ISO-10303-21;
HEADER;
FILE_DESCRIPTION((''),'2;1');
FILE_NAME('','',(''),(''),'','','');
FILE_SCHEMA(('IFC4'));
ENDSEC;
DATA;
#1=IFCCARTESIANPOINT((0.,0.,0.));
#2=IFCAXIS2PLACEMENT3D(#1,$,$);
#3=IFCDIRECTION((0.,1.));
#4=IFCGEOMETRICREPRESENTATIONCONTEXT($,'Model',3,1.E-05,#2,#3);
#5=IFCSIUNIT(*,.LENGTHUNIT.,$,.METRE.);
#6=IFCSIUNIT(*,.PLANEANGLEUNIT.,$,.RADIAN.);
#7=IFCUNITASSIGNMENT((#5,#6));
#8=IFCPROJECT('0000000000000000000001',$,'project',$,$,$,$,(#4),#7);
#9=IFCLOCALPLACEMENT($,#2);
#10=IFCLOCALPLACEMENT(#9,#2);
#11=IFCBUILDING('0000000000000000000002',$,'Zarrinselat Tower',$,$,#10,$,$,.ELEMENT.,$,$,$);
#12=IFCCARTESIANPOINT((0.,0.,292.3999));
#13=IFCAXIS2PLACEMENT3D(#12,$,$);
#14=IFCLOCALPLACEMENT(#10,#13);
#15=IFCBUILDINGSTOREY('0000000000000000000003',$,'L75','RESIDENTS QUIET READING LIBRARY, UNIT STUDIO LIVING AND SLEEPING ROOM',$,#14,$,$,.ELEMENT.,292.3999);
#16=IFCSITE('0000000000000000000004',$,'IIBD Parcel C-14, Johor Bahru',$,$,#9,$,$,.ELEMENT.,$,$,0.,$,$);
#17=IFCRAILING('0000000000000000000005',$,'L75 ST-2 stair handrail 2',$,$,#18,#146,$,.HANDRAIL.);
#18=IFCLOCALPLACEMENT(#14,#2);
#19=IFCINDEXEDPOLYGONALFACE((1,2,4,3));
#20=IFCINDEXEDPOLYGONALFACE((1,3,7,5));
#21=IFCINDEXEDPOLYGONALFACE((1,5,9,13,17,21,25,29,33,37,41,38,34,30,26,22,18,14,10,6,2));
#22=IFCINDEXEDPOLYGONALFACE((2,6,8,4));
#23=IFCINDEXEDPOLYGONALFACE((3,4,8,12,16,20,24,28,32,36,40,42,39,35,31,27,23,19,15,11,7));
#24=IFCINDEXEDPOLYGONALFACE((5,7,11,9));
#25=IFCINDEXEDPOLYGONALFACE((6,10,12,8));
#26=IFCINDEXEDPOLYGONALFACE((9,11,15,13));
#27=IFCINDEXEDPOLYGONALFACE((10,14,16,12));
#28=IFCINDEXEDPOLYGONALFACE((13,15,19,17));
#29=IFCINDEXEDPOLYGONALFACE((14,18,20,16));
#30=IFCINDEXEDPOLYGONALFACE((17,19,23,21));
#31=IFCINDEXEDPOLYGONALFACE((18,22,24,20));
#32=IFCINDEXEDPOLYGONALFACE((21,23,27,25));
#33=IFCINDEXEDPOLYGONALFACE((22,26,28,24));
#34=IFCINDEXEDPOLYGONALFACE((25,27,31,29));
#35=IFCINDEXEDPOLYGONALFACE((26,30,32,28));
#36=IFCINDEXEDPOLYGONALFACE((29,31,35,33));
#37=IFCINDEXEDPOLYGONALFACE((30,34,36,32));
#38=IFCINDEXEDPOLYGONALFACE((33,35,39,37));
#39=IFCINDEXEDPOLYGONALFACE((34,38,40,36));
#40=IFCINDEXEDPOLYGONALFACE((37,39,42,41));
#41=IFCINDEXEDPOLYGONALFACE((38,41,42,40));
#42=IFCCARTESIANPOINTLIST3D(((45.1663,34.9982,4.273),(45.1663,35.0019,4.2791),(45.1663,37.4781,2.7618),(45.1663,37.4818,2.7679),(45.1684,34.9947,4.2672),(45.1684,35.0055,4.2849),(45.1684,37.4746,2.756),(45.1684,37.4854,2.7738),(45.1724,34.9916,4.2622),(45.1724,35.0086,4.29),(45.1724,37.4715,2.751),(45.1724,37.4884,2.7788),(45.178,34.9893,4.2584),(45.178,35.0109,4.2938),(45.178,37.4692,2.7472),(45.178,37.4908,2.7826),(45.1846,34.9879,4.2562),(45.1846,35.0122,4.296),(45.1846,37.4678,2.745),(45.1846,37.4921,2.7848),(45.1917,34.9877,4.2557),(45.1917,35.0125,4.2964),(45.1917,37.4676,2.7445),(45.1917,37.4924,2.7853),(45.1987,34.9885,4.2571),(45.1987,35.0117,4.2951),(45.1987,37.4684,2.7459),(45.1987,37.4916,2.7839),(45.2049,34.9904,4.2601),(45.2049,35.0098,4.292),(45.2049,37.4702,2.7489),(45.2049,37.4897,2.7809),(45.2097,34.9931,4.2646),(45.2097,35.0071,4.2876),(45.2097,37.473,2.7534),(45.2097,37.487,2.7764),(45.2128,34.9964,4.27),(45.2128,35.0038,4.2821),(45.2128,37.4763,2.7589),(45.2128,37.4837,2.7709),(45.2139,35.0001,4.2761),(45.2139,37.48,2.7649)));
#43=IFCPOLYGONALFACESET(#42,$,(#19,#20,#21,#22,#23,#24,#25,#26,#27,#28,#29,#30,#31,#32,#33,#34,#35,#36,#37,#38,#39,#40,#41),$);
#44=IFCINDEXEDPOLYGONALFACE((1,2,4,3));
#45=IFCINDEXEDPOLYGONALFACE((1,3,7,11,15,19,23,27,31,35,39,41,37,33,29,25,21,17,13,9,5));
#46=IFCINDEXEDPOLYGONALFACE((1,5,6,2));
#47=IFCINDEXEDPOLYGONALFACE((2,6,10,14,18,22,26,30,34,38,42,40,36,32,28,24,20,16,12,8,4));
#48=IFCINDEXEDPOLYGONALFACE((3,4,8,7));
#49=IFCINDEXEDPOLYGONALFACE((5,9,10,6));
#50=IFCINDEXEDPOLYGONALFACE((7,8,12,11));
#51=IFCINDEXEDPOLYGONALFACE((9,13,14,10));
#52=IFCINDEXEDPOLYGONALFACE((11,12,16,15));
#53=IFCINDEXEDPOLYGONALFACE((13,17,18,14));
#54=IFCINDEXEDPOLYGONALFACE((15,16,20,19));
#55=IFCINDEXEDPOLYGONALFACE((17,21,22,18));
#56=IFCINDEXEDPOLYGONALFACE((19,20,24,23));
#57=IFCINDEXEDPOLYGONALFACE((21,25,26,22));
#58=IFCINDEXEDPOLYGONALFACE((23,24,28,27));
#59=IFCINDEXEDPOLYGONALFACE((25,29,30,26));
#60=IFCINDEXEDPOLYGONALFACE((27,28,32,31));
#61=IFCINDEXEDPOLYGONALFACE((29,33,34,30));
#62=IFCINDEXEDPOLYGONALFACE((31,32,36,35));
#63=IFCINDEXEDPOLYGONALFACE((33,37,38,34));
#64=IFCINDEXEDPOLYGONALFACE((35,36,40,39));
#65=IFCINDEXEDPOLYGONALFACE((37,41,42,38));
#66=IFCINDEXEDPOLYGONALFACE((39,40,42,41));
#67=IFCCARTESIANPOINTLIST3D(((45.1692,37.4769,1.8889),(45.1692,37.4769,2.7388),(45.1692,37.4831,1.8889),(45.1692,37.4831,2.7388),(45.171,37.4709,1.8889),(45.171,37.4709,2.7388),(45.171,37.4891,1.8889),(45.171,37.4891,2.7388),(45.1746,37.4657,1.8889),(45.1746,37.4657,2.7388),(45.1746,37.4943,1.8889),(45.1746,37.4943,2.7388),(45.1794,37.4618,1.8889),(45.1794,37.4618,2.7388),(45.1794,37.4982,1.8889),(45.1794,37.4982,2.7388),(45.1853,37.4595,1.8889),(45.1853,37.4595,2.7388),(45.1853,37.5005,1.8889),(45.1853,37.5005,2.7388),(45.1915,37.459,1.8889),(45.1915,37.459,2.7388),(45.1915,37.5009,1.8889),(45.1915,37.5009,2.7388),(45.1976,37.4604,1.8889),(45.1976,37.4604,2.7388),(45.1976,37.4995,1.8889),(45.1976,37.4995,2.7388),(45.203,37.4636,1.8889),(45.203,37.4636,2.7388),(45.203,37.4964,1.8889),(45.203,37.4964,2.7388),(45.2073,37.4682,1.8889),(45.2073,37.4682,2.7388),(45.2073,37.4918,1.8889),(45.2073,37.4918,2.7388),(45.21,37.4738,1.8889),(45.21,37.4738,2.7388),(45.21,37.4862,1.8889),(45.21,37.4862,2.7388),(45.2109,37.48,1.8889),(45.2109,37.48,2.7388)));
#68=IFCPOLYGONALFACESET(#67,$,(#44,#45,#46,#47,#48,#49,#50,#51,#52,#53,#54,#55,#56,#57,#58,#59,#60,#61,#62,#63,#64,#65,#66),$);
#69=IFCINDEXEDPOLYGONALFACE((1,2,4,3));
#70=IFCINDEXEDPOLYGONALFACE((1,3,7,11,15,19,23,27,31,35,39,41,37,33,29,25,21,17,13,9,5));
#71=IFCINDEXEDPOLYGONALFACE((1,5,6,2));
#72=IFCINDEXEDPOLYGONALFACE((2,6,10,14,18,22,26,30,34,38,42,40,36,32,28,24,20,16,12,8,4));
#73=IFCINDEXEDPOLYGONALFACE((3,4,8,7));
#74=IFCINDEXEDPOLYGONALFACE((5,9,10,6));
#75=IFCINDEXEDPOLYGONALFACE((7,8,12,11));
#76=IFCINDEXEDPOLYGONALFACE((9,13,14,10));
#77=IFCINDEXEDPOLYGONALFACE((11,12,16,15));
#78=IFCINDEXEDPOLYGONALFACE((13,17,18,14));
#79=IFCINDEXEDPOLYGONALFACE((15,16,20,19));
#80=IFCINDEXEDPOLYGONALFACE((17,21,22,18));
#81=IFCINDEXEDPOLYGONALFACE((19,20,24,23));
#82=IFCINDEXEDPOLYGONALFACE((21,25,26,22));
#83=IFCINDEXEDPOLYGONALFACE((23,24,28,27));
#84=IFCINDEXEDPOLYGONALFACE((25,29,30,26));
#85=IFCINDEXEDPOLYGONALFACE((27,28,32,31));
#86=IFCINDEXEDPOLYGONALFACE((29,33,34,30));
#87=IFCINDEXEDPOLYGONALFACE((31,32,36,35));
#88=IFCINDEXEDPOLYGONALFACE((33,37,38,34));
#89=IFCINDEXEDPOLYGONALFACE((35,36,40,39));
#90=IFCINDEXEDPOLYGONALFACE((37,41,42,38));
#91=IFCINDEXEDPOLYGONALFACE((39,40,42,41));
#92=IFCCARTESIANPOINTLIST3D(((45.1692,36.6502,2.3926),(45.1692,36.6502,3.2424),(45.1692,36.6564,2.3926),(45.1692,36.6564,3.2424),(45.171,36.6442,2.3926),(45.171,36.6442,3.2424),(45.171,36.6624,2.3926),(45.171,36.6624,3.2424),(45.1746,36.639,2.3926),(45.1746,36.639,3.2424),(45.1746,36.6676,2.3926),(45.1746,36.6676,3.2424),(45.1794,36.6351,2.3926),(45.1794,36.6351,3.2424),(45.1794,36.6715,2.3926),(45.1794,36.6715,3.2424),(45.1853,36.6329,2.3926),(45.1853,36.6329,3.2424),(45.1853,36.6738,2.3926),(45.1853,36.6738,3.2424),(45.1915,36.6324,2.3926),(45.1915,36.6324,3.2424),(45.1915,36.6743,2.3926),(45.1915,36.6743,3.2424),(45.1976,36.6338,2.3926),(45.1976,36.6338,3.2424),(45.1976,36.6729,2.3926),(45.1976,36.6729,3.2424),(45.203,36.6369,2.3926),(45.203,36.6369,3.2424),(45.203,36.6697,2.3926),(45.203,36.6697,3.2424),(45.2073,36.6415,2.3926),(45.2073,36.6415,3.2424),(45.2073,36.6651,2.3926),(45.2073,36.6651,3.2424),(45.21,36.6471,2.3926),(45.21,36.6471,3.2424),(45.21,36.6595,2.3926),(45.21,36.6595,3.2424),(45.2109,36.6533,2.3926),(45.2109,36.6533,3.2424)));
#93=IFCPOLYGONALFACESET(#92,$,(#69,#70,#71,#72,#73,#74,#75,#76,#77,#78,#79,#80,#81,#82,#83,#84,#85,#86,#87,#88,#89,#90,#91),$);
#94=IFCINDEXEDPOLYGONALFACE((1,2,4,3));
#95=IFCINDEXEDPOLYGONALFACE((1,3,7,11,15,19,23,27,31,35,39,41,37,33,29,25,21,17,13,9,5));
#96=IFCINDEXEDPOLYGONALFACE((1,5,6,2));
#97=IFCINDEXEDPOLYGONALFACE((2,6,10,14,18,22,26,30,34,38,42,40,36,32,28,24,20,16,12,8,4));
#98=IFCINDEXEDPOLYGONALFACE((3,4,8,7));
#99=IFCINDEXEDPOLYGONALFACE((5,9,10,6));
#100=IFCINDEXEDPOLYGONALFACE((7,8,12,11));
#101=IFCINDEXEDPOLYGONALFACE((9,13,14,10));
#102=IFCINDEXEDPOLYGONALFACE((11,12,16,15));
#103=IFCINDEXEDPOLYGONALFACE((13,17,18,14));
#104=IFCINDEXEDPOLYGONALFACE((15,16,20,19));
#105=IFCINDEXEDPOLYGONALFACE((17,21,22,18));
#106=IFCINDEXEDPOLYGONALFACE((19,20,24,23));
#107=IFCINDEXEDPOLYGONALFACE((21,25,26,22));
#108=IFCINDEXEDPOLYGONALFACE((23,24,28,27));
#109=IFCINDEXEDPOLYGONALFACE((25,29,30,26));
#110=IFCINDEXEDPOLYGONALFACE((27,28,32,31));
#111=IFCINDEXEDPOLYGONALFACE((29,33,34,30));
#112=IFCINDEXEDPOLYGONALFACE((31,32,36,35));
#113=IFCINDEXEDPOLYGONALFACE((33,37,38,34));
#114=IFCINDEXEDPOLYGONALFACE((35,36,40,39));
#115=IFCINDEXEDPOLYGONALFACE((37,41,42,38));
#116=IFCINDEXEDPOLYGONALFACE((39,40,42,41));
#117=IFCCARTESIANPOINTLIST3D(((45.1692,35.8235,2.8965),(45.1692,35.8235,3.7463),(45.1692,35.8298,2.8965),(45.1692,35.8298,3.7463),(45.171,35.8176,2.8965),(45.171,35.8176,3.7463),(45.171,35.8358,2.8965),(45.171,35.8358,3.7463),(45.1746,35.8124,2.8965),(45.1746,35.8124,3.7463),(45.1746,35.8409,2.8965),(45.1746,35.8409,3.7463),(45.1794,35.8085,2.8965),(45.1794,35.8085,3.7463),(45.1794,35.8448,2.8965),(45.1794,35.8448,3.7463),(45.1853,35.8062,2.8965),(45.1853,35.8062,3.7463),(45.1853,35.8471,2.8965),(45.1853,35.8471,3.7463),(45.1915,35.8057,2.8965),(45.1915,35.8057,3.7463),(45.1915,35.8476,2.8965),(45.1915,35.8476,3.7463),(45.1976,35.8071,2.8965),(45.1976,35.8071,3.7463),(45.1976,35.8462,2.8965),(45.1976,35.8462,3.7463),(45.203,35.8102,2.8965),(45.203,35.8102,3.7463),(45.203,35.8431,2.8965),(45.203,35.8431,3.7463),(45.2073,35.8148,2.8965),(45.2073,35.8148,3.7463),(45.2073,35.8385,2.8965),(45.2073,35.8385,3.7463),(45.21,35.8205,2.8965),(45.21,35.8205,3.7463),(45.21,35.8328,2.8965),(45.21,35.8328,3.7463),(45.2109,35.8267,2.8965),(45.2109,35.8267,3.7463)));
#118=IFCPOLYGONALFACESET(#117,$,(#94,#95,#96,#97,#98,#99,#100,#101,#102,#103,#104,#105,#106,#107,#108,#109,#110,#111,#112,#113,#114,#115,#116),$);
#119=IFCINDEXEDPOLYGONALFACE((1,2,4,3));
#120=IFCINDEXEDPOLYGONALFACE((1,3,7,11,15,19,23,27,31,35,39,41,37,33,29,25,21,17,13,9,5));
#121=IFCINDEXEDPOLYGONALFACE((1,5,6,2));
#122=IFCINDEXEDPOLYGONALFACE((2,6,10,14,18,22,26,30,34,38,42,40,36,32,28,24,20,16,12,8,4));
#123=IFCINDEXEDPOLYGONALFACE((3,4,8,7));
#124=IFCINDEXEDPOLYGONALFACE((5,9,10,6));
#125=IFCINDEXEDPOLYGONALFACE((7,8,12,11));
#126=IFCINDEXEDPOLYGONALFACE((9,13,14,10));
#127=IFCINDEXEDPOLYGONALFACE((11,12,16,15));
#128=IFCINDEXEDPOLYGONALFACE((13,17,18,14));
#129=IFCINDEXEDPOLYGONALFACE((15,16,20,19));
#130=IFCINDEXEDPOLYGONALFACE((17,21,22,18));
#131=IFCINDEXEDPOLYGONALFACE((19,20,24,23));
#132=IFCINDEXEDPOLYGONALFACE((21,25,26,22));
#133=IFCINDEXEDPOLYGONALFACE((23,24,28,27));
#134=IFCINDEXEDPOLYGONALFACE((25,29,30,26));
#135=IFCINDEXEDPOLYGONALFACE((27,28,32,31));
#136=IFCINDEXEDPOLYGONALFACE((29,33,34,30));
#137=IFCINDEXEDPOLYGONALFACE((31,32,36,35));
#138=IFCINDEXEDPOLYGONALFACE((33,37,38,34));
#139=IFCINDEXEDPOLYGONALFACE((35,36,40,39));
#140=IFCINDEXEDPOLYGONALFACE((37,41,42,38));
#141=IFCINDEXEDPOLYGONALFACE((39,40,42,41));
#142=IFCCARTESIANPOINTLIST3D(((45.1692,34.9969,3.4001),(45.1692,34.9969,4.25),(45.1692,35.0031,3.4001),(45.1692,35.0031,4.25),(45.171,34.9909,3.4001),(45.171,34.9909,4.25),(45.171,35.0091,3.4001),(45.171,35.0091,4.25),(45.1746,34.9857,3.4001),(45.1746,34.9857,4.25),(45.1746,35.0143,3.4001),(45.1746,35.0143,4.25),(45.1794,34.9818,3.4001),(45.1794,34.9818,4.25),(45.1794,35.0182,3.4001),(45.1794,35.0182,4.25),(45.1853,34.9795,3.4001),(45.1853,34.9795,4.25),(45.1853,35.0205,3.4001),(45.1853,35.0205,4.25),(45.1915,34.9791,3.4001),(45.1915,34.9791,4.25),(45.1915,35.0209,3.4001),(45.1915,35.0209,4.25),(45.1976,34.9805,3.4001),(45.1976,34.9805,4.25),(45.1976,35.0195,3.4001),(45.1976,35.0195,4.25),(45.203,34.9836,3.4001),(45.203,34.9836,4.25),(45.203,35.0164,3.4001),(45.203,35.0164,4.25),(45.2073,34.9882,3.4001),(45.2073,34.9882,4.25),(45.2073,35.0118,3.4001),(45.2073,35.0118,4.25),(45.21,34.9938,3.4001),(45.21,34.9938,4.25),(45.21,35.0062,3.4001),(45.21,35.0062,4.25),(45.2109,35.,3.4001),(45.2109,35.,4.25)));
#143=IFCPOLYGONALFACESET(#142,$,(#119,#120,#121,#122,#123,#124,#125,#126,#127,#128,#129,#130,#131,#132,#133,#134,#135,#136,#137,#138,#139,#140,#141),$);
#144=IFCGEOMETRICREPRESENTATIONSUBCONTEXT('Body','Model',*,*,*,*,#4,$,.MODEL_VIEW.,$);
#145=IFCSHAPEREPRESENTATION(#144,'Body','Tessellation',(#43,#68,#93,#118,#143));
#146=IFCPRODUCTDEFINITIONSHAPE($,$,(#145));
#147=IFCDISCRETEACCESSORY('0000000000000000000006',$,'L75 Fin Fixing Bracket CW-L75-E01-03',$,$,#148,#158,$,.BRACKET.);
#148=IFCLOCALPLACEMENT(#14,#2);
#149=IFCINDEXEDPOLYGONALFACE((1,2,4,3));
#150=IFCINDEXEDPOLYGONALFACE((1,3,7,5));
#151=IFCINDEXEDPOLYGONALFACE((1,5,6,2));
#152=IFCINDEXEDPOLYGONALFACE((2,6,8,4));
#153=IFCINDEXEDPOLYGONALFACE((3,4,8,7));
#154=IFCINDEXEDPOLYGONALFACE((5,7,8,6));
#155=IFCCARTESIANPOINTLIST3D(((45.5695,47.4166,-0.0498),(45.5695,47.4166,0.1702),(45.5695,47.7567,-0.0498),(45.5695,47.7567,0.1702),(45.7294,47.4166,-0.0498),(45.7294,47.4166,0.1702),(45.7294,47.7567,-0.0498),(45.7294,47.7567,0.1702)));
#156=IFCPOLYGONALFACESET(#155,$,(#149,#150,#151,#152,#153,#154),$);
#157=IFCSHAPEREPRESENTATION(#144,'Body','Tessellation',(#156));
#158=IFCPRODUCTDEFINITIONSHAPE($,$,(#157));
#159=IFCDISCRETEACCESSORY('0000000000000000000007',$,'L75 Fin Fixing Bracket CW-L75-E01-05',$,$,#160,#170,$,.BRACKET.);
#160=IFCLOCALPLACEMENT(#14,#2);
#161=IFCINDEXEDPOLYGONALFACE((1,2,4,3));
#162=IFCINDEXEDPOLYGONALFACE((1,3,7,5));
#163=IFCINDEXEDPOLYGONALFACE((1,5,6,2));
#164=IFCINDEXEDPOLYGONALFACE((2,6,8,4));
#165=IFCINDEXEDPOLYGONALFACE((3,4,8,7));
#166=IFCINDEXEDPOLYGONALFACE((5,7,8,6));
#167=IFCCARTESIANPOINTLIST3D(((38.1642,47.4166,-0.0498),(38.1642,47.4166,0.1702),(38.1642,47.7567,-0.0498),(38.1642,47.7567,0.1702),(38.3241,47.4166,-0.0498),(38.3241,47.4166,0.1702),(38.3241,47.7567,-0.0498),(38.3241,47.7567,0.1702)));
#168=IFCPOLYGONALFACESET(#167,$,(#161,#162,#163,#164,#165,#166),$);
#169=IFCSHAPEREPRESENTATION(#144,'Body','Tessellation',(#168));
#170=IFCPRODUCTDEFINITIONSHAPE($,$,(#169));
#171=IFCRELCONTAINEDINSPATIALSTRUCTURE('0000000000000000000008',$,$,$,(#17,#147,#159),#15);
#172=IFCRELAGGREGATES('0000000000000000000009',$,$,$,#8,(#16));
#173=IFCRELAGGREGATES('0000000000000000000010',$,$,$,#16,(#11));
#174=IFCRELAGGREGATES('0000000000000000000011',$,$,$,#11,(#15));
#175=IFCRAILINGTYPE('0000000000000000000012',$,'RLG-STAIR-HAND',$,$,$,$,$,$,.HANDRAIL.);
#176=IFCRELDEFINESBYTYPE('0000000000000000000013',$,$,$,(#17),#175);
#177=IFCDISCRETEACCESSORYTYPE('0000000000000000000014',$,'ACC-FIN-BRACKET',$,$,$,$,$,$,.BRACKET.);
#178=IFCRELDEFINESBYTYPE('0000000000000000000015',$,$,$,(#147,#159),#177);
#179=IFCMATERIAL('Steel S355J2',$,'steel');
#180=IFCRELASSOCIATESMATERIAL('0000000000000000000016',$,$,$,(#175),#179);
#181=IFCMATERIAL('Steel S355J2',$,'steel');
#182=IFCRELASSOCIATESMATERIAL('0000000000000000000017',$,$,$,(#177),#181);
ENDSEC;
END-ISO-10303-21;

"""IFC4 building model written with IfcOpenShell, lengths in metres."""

from ifc_helpers import new_model, si_unit, direction, frame, origin, origin_2d, place, context, subcontext, project, spatial, rectangle, circle, extrude, material, type_object, element, save


model = new_model("IFC4")

# Units and contexts
model_context = context("Model", 3, precision=1e-05, world=origin(), true_north=direction((0.0, 1.0)))
body_context = subcontext(model_context, "Body", "Model", "MODEL_VIEW")
ifc_project = project(units=[si_unit("LENGTHUNIT", "METRE"), si_unit("PLANEANGLEUNIT", "RADIAN")], contexts=[model_context])

# Site, building, storey
site_placement = place(None, origin())
site = spatial("IfcSite", under=ifc_project, at=site_placement, Name="IIBD Parcel C-14, Johor Bahru", CompositionType="ELEMENT", RefElevation=0.0)
building_placement = place(site_placement, origin())
building = spatial("IfcBuilding", under=site, at=building_placement, Name="Zarrinselat Tower", CompositionType="ELEMENT")
storey_placement = place(building_placement, frame((0.0, 0.0, 292.3999)))
storey = spatial("IfcBuildingStorey", under=building, at=storey_placement, Name="L75", Description="RESIDENTS QUIET READING LIBRARY, UNIT STUDIO LIVING AND SLEEPING ROOM", CompositionType="ELEMENT", Elevation=292.3999)

# Railing
ifc_material_1 = material(Name="Steel S355J2", Category="steel")
railing_type_1 = type_object("IfcRailingType", Name="RLG-STAIR-HAND", PredefinedType="HANDRAIL", material=ifc_material_1)
railing_1_placement = place(storey_placement, frame((45.1899, 37.48, 1.8889)))
element("IfcRailing", 1, at=railing_1_placement, inside=storey, type_object=railing_type_1, Name="L75 ST-2 stair handrail 2", PredefinedType="HANDRAIL", context=body_context, shape_type="SweptSolid", body=[
    extrude(circle(Radius=0.0239, at=origin_2d()), frame((0.0, 0.0, 0.876), z_axis=(0.0, -0.853942, 0.520368), x_axis=(1.0, 0.0, 0.0)), (0.0, 0.0, 1.0), 2.9041),
    extrude(circle(Radius=0.021, at=origin_2d()), origin(), (0.0, 0.0, 1.0), 0.8499),
    extrude(circle(Radius=0.021, at=origin_2d()), frame((0.0, -0.8267, 0.5037)), (0.0, 0.0, 1.0), 0.8499),
    extrude(circle(Radius=0.021, at=origin_2d()), frame((0.0, -1.6533, 1.0076)), (0.0, 0.0, 1.0), 0.8499),
    extrude(circle(Radius=0.021, at=origin_2d()), frame((0.0, -2.48, 1.5112)), (0.0, 0.0, 1.0), 0.8499),
])

# Discrete accessories
ifc_material_2 = material(Name="Steel S355J2", Category="steel")
discrete_accessory_type = type_object("IfcDiscreteAccessoryType", Name="ACC-FIN-BRACKET", PredefinedType="BRACKET", material=ifc_material_2)
for number, where, z_axis, x_axis, name in (
    (2, (45.6494, 47.5867, -0.0498), (0.0, 0.0, 1.0), (0.0, 1.0, 0.0), "L75 Fin Fixing Bracket CW-L75-E01-03"),
    (3, (38.2441, 47.5867, -0.0498), (0.0, 0.0, 1.0), (0.0, 1.0, 0.0), "L75 Fin Fixing Bracket CW-L75-E01-05"),
):
    element("IfcDiscreteAccessory", number, at=place(storey_placement, frame(where, z_axis=z_axis, x_axis=x_axis)), inside=storey, type_object=discrete_accessory_type, Name=name, PredefinedType="BRACKET", context=body_context, shape_type="SweptSolid", body=[
        extrude(rectangle(XDim=0.3401, YDim=0.1599, at=origin_2d()), origin(), (0.0, 0.0, 1.0), 0.22),
    ])

save(model, "model.ifc")
